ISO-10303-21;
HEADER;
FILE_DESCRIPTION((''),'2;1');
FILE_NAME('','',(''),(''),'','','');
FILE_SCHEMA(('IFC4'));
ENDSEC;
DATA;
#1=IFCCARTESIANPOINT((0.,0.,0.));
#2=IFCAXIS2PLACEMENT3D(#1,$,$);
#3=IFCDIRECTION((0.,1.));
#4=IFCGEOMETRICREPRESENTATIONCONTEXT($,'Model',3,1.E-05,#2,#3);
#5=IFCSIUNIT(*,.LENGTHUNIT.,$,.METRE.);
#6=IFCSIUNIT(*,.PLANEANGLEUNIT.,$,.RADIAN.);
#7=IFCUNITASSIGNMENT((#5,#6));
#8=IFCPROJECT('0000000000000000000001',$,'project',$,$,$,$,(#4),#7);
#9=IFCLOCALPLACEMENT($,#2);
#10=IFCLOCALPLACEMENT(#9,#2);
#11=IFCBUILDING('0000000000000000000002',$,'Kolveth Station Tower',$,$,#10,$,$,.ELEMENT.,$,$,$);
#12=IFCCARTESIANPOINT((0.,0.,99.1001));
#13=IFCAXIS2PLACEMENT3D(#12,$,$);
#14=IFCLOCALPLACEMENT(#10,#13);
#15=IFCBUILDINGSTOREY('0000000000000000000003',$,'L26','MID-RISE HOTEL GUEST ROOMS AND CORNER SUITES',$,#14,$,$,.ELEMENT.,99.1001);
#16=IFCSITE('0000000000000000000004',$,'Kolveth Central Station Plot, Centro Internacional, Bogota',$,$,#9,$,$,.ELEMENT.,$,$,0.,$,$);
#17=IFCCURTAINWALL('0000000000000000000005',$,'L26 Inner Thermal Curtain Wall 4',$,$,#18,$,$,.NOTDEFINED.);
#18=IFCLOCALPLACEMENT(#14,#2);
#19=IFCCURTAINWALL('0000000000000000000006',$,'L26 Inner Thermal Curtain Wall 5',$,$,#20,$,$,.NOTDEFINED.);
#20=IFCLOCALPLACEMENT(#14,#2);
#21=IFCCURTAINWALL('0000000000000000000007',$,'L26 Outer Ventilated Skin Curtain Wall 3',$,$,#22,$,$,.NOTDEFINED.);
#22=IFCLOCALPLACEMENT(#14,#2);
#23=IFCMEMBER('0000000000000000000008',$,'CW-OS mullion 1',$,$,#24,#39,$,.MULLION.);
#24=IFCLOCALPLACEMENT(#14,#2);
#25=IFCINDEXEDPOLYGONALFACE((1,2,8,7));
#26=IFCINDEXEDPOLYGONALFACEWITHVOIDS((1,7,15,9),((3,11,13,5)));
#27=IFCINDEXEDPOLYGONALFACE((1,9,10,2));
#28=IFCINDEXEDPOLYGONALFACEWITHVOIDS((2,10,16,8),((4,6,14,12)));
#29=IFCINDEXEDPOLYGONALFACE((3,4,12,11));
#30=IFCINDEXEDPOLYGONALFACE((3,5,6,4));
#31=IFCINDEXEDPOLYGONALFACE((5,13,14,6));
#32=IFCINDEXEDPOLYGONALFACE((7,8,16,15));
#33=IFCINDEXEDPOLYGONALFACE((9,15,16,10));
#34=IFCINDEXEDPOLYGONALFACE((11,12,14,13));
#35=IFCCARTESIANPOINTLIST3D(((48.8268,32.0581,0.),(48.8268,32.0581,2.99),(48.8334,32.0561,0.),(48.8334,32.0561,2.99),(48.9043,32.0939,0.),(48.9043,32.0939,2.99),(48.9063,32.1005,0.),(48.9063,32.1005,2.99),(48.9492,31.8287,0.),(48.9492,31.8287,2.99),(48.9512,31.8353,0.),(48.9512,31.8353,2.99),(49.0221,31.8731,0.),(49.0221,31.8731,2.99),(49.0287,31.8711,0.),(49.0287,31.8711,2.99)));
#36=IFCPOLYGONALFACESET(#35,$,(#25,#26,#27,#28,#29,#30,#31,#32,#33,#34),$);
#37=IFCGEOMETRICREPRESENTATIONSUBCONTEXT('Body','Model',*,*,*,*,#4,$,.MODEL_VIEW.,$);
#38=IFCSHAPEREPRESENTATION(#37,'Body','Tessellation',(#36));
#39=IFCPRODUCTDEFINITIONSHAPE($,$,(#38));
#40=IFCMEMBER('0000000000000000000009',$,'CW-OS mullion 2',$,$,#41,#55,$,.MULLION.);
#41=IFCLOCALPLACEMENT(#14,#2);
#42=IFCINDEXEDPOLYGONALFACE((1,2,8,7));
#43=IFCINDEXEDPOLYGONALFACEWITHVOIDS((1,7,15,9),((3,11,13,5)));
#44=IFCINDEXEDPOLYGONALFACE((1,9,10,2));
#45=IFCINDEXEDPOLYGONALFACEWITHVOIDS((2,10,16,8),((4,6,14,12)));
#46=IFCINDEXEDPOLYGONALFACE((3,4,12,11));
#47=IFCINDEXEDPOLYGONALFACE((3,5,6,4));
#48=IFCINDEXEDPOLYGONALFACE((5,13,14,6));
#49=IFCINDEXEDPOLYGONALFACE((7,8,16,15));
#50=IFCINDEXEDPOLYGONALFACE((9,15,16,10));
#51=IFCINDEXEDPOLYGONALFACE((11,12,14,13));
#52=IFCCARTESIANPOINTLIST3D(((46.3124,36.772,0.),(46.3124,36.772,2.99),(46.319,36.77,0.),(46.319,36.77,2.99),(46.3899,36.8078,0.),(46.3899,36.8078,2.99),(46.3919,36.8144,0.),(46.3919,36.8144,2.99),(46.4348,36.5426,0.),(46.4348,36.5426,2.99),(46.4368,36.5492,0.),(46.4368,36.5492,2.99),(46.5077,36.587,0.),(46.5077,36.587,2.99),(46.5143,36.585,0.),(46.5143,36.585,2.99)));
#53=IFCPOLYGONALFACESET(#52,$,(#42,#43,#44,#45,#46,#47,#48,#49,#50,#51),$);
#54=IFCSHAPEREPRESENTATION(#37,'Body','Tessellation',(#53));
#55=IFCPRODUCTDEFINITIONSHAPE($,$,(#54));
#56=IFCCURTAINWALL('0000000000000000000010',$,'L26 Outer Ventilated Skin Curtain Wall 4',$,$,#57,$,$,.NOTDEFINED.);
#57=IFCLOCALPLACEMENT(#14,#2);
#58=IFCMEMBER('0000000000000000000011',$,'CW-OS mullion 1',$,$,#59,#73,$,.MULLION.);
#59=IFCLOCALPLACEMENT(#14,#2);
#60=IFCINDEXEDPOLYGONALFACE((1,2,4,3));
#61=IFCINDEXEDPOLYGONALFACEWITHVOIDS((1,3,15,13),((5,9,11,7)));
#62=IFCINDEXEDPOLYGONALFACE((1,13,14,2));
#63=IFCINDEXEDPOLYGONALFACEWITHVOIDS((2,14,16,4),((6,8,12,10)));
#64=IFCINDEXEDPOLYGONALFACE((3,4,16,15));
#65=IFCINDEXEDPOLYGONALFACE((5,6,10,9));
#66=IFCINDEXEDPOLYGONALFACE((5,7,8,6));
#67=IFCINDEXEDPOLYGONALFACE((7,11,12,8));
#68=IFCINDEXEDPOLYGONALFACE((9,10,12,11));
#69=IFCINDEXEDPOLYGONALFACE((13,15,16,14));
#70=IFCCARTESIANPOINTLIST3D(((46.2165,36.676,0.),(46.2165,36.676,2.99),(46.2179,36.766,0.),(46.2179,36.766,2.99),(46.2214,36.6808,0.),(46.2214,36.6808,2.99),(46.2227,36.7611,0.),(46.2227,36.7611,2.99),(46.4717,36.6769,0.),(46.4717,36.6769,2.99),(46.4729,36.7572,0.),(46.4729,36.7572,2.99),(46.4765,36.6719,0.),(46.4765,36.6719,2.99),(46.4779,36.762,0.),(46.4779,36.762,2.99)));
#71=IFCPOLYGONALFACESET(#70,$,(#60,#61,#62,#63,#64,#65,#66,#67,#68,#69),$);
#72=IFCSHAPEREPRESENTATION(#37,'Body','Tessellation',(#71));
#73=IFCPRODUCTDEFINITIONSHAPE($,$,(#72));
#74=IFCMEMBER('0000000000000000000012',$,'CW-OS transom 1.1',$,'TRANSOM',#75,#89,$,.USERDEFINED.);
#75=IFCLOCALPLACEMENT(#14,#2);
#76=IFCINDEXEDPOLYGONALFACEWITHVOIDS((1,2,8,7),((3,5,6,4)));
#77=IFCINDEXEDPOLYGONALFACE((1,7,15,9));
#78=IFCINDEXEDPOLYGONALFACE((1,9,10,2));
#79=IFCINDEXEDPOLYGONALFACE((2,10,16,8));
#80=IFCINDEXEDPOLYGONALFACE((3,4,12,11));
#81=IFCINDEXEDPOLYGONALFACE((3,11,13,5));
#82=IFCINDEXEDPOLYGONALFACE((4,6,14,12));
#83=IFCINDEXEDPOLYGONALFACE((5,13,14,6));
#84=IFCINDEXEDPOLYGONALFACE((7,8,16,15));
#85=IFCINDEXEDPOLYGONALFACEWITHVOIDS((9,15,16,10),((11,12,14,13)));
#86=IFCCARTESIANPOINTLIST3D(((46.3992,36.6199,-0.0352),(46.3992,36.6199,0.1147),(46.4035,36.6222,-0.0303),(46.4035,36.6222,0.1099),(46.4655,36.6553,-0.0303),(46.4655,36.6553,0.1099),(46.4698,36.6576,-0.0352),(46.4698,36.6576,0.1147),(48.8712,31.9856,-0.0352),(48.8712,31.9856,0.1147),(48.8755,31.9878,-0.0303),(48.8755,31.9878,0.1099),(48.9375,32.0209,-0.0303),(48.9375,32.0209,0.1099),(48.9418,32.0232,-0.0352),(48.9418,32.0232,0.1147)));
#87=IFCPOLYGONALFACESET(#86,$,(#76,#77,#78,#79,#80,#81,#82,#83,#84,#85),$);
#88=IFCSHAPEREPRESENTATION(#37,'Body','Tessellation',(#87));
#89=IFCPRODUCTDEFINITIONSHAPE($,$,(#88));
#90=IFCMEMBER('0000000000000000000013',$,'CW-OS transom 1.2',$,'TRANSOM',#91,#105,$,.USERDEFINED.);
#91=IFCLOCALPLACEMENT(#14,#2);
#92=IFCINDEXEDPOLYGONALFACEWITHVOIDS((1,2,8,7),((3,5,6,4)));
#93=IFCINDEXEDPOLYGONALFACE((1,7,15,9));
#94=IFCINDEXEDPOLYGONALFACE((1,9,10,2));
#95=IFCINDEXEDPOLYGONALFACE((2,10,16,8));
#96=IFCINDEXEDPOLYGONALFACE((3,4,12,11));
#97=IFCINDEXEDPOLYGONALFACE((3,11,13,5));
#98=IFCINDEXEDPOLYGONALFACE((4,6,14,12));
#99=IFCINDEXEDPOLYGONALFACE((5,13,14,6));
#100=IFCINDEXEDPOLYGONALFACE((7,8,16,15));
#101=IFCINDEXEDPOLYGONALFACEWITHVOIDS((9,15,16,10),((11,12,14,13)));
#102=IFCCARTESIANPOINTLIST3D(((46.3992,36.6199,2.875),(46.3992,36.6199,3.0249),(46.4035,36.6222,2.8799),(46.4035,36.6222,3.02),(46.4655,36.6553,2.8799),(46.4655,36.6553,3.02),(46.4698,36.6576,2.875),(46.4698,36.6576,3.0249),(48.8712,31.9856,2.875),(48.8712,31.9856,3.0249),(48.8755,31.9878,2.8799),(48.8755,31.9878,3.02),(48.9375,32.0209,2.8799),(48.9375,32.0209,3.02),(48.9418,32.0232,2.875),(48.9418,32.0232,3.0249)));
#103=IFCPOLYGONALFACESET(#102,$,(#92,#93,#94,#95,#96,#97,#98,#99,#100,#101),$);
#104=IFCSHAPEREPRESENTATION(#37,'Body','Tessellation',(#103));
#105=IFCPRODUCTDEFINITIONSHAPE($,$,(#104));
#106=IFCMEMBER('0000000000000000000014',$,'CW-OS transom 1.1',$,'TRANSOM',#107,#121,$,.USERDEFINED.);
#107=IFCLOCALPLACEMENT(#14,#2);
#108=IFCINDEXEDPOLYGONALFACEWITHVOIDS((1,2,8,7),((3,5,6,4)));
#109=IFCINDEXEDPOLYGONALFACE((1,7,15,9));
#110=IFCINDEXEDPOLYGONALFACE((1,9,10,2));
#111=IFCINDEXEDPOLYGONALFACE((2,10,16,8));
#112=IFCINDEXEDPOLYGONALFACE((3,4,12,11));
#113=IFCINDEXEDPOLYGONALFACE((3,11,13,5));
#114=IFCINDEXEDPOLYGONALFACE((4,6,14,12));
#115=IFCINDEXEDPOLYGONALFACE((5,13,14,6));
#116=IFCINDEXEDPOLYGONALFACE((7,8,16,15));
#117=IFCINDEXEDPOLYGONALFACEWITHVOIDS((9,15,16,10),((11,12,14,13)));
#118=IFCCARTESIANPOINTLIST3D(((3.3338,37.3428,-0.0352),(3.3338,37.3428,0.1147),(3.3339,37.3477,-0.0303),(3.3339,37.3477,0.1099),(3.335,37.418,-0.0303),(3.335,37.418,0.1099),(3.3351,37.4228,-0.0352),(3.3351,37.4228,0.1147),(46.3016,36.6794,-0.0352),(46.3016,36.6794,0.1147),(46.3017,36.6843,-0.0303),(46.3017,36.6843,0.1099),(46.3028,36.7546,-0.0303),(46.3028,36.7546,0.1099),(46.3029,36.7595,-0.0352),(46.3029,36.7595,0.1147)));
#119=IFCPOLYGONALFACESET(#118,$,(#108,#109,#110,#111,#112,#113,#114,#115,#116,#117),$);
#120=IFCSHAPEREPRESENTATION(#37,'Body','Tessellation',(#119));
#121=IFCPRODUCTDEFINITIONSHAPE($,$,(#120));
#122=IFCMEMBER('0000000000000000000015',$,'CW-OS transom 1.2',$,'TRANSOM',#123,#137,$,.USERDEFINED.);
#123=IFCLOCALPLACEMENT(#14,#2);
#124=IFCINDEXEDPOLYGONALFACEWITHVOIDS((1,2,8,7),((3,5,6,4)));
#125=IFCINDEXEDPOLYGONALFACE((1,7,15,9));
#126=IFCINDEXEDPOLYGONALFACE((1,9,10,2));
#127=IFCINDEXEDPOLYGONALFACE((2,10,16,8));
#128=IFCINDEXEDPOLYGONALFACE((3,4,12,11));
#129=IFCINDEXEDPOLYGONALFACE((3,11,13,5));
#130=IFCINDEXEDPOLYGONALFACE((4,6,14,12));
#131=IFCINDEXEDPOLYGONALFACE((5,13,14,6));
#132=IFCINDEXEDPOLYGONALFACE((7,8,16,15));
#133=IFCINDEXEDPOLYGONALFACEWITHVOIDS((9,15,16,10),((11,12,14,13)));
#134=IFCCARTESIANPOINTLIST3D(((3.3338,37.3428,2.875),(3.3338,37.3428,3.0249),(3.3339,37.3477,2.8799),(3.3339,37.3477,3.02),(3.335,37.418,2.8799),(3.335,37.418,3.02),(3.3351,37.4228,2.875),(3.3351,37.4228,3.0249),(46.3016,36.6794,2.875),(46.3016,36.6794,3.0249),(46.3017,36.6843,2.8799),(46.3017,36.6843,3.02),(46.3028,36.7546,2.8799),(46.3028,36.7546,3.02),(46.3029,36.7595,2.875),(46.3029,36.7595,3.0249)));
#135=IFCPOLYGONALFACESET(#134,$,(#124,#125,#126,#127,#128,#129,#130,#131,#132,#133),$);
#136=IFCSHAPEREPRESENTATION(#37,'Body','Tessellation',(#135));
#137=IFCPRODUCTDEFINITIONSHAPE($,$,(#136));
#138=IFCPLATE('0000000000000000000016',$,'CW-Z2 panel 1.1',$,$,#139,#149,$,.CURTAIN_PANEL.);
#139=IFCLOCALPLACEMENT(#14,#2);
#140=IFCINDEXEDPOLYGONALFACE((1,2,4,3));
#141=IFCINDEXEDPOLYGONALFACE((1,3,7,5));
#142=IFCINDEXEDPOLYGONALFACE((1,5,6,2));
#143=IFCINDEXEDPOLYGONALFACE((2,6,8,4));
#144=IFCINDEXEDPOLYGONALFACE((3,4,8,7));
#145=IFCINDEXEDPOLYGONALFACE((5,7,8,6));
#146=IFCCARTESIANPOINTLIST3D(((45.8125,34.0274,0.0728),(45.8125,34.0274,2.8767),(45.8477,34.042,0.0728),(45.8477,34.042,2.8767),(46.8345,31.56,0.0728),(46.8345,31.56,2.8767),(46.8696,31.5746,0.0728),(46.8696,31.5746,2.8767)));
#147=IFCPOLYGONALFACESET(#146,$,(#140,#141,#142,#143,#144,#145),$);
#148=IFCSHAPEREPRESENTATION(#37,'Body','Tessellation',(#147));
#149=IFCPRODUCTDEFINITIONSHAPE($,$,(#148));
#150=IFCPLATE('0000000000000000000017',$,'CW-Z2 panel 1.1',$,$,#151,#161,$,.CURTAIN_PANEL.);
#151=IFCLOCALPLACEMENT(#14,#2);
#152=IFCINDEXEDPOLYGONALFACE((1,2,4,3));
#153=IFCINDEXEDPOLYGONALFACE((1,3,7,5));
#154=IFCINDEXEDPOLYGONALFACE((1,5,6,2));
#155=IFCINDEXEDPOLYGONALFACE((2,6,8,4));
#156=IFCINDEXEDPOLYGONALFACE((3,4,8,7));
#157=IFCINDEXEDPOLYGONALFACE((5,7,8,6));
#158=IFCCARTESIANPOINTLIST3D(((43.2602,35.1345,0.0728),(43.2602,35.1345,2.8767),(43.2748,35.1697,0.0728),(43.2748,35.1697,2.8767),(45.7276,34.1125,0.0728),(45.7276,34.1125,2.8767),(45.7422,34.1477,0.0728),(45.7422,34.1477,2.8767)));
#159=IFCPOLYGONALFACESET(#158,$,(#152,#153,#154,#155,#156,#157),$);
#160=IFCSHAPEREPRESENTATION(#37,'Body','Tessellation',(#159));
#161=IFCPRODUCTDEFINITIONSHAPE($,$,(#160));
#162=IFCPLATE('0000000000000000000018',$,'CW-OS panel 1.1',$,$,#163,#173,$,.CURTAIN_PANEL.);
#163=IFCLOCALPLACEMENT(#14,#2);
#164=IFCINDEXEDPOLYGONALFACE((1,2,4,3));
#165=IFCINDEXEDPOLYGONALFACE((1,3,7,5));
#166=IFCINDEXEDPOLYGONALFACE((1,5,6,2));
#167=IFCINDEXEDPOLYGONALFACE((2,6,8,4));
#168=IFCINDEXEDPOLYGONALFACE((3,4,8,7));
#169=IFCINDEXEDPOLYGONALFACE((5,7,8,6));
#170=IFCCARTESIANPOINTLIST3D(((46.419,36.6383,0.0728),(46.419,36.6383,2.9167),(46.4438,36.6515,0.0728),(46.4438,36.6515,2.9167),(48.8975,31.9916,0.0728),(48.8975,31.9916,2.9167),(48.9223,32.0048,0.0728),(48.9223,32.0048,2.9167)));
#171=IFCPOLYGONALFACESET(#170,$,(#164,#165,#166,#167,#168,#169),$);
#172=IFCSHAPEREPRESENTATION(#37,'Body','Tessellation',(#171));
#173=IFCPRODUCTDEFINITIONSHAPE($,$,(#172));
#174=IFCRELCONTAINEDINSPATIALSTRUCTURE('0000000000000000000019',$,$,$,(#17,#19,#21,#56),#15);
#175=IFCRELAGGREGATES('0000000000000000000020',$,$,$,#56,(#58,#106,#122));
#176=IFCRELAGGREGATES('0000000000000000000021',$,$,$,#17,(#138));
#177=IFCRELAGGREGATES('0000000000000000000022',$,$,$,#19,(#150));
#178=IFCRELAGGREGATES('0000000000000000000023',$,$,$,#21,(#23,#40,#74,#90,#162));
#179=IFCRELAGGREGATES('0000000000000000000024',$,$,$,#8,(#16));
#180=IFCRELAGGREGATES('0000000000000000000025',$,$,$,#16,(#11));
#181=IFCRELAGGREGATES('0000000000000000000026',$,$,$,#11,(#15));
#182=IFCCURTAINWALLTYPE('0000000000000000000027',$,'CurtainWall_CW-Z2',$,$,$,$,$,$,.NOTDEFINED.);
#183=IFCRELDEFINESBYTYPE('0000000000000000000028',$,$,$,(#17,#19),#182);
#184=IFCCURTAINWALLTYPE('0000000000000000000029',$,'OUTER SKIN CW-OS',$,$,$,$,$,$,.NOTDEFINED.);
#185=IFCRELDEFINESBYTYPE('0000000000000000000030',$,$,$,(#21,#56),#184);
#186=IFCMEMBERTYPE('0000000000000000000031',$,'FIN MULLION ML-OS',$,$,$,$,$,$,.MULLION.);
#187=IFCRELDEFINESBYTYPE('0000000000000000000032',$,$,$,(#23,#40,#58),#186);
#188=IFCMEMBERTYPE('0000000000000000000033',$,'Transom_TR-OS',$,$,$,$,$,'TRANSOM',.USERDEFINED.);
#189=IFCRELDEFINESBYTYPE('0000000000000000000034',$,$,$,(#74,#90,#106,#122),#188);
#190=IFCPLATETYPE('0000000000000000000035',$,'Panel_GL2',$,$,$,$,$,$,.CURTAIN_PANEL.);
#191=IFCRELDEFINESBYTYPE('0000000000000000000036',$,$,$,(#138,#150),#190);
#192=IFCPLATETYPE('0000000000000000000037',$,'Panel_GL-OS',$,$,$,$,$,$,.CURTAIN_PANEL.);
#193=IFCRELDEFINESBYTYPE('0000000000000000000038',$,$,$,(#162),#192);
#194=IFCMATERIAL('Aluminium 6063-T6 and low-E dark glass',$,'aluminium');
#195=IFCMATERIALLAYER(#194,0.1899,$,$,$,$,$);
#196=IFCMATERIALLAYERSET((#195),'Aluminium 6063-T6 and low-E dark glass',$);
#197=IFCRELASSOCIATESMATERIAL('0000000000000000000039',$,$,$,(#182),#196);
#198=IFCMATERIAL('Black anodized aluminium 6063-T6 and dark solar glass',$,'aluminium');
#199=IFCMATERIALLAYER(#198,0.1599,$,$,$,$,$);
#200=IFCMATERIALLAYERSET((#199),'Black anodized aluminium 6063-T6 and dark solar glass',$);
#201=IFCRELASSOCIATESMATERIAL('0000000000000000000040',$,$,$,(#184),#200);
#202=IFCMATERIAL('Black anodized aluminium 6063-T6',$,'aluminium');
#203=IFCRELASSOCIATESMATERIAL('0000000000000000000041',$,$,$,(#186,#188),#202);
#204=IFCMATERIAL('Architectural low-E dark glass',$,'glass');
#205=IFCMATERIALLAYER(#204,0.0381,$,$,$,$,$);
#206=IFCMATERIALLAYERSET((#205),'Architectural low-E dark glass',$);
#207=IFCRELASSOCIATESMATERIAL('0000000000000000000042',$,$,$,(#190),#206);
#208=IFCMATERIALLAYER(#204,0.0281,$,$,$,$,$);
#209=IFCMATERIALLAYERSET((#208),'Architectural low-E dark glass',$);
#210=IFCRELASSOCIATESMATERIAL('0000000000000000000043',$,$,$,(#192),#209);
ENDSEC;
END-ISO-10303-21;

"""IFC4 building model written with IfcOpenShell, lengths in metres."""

from ifc_helpers import new_model, si_unit, direction, frame, origin, origin_2d, place, context, subcontext, project, spatial, rectangle, hollow_rectangle, extrude, source, transform, mapped, material, layer, layer_set, material_profile, profile_set, type_object, element, aggregate, save


model = new_model("IFC4")

# Units and contexts
model_context = context("Model", 3, precision=1e-05, world=origin(), true_north=direction((0.0, 1.0)))
body_context = subcontext(model_context, "Body", "Model", "MODEL_VIEW")
ifc_project = project(units=[si_unit("LENGTHUNIT", "METRE"), si_unit("PLANEANGLEUNIT", "RADIAN")], contexts=[model_context])

# Site, building, storey
site_placement = place(None, origin())
site = spatial("IfcSite", under=ifc_project, at=site_placement, Name="Kolveth Central Station Plot, Centro Internacional, Bogota", CompositionType="ELEMENT", RefElevation=0.0)
building_placement = place(site_placement, origin())
building = spatial("IfcBuilding", under=site, at=building_placement, Name="Kolveth Station Tower", CompositionType="ELEMENT")
storey_placement = place(building_placement, frame((0.0, 0.0, 99.1001)))
storey = spatial("IfcBuildingStorey", under=building, at=storey_placement, Name="L26", Description="MID-RISE HOTEL GUEST ROOMS AND CORNER SUITES", CompositionType="ELEMENT", Elevation=99.1001)

# Curtain wall
ifc_material_1 = material(Name="Aluminium 6063-T6 and low-E dark glass", Category="aluminium")
ifc_layer_1 = layer(ifc_material_1, 0.1899)
ifc_layer_set_1 = layer_set([ifc_layer_1], Name="Aluminium 6063-T6 and low-E dark glass")
curtain_wall_type_1 = type_object("IfcCurtainWallType", Name="CurtainWall_CW-Z2", PredefinedType="NOTDEFINED", material=ifc_layer_set_1)
curtain_wall_1_placement = place(storey_placement, origin())
curtain_wall_1 = element("IfcCurtainWall", 1, at=curtain_wall_1_placement, inside=storey, type_object=curtain_wall_type_1, Name="L26 Inner Thermal Curtain Wall 4", PredefinedType="NOTDEFINED")
ifc_material_2 = material(Name="Black anodized aluminium 6063-T6", Category="aluminium")

# Curtain wall
curtain_wall_2_placement = place(storey_placement, origin())
curtain_wall_2 = element("IfcCurtainWall", 2, at=curtain_wall_2_placement, inside=storey, type_object=curtain_wall_type_1, Name="L26 Inner Thermal Curtain Wall 5", PredefinedType="NOTDEFINED")

# Shared definitions
ifc_material_3 = material(Name="Black anodized aluminium 6063-T6 and dark solar glass", Category="aluminium")
ifc_layer_2 = layer(ifc_material_3, 0.1599)
ifc_layer_set_2 = layer_set([ifc_layer_2], Name="Black anodized aluminium 6063-T6 and dark solar glass")
curtain_wall_type_2 = type_object("IfcCurtainWallType", Name="OUTER SKIN CW-OS", PredefinedType="NOTDEFINED", material=ifc_layer_set_2)
ifc_material_profile_1 = material_profile(ifc_material_2, hollow_rectangle(XDim=0.0901, YDim=0.26, WallThickness=0.0049, at=origin_2d()), Name="ALU-90x260x5")
ifc_profile_set_1 = profile_set([ifc_material_profile_1], Name="Black anodized aluminium 6063-T6")
member_type_1 = type_object("IfcMemberType", Name="FIN MULLION ML-OS", PredefinedType="MULLION", material=ifc_profile_set_1)
shared_shape_1 = source(origin(), body_context, "Body", "SweptSolid", [
    extrude(hollow_rectangle(XDim=0.0901, YDim=0.26, WallThickness=0.0049, at=origin_2d()), origin(), (0.0, 0.0, 1.0), 2.99),
])

# Curtain wall, members
curtain_wall_3_placement = place(storey_placement, origin())
curtain_wall_3 = element("IfcCurtainWall", 3, at=curtain_wall_3_placement, inside=storey, type_object=curtain_wall_type_2, Name="L26 Outer Ventilated Skin Curtain Wall 3", PredefinedType="NOTDEFINED")
member_1_placement = place(storey_placement, frame((48.9277, 31.9646, 0.0), z_axis=(0.0, 0.0, 1.0), x_axis=(-0.882328, -0.470635, 0.0)))
member_1 = element("IfcMember", 4, at=member_1_placement, type_object=member_type_1, Name="CW-OS mullion 1", PredefinedType="MULLION", context=body_context, shape_type="MappedRepresentation", body=[
    mapped(shared_shape_1, transform((0.0, 0.0, 0.0), x_axis=(1.0, 0.0, 0.0), y_axis=(0.0, 1.0, 0.0), z_axis=(0.0, 0.0, 1.0), scale=1.0)),
])
member_2_placement = place(storey_placement, frame((46.4133, 36.6785, 0.0), z_axis=(0.0, 0.0, 1.0), x_axis=(-0.882328, -0.470635, 0.0)))
member_2 = element("IfcMember", 5, at=member_2_placement, type_object=member_type_1, Name="CW-OS mullion 2", PredefinedType="MULLION", context=body_context, shape_type="MappedRepresentation", body=[
    mapped(shared_shape_1, transform((0.0, 0.0, 0.0), x_axis=(1.0, 0.0, 0.0), y_axis=(0.0, 1.0, 0.0), z_axis=(0.0, 0.0, 1.0), scale=1.0)),
])

# Curtain wall, member
curtain_wall_4_placement = place(storey_placement, origin())
curtain_wall_4 = element("IfcCurtainWall", 6, at=curtain_wall_4_placement, inside=storey, type_object=curtain_wall_type_2, Name="L26 Outer Ventilated Skin Curtain Wall 4", PredefinedType="NOTDEFINED")
member_3_placement = place(storey_placement, frame((46.3472, 36.719, 0.0), z_axis=(0.0, 0.0, 1.0), x_axis=(-0.015436, -0.999881, 0.0)))
member_3 = element("IfcMember", 7, at=member_3_placement, type_object=member_type_1, Name="CW-OS mullion 1", PredefinedType="MULLION", context=body_context, shape_type="MappedRepresentation", body=[
    mapped(shared_shape_1, transform((0.0, 0.0, 0.0), x_axis=(1.0, 0.0, 0.0), y_axis=(0.0, 1.0, 0.0), z_axis=(0.0, 0.0, 1.0), scale=1.0)),
])

# Members
ifc_material_profile_2 = material_profile(ifc_material_2, hollow_rectangle(XDim=0.0801, YDim=0.1499, WallThickness=0.0049, at=origin_2d()), Name="ALU-80x150x5")
ifc_profile_set_2 = profile_set([ifc_material_profile_2], Name="Black anodized aluminium 6063-T6")
member_type_2 = type_object("IfcMemberType", Name="Transom_TR-OS", ElementType="TRANSOM", PredefinedType="USERDEFINED", material=ifc_profile_set_2)
shared_shape_2 = source(origin(), body_context, "Body", "SweptSolid", [
    extrude(hollow_rectangle(XDim=0.0801, YDim=0.1499, WallThickness=0.0049, at=origin_2d()), origin(), (0.0, 0.0, 1.0), 5.2524),
])
member_4_placement = place(storey_placement, frame((48.9065, 32.0044, 0.0398), z_axis=(-0.470634, 0.882328, 0.0), x_axis=(-0.882328, -0.470634, 0.0)))
member_4 = element("IfcMember", 8, at=member_4_placement, type_object=member_type_2, Name="CW-OS transom 1.1", ObjectType="TRANSOM", PredefinedType="USERDEFINED", context=body_context, shape_type="MappedRepresentation", body=[
    mapped(shared_shape_2, transform((0.0, 0.0, 0.0), x_axis=(1.0, 0.0, 0.0), y_axis=(0.0, 1.0, 0.0), z_axis=(0.0, 0.0, 1.0), scale=1.0)),
])
member_5_placement = place(storey_placement, frame((48.9065, 32.0044, 2.95), z_axis=(-0.470634, 0.882328, 0.0), x_axis=(-0.882328, -0.470634, 0.0)))
member_5 = element("IfcMember", 9, at=member_5_placement, type_object=member_type_2, Name="CW-OS transom 1.2", ObjectType="TRANSOM", PredefinedType="USERDEFINED", context=body_context, shape_type="MappedRepresentation", body=[
    mapped(shared_shape_2, transform((0.0, 0.0, 0.0), x_axis=(1.0, 0.0, 0.0), y_axis=(0.0, 1.0, 0.0), z_axis=(0.0, 0.0, 1.0), scale=1.0)),
])
shared_shape_3 = source(origin(), body_context, "Body", "SweptSolid", [
    extrude(hollow_rectangle(XDim=0.0801, YDim=0.1499, WallThickness=0.0049, at=origin_2d()), origin(), (0.0, 0.0, 1.0), 42.9729),
])
member_6_placement = place(storey_placement, frame((46.3022, 36.7195, 0.0398), z_axis=(-0.999881, 0.015436, 0.0), x_axis=(-0.015436, -0.999881, 0.0)))
member_6 = element("IfcMember", 10, at=member_6_placement, type_object=member_type_2, Name="CW-OS transom 1.1", ObjectType="TRANSOM", PredefinedType="USERDEFINED", context=body_context, shape_type="MappedRepresentation", body=[
    mapped(shared_shape_3, transform((0.0, 0.0, 0.0), x_axis=(1.0, 0.0, 0.0), y_axis=(0.0, 1.0, 0.0), z_axis=(0.0, 0.0, 1.0), scale=1.0)),
])
member_7_placement = place(storey_placement, frame((46.3022, 36.7195, 2.95), z_axis=(-0.999881, 0.015436, 0.0), x_axis=(-0.015436, -0.999881, 0.0)))
member_7 = element("IfcMember", 11, at=member_7_placement, type_object=member_type_2, Name="CW-OS transom 1.2", ObjectType="TRANSOM", PredefinedType="USERDEFINED", context=body_context, shape_type="MappedRepresentation", body=[
    mapped(shared_shape_3, transform((0.0, 0.0, 0.0), x_axis=(1.0, 0.0, 0.0), y_axis=(0.0, 1.0, 0.0), z_axis=(0.0, 0.0, 1.0), scale=1.0)),
])
aggregate(curtain_wall_4, [member_3, member_6, member_7])

# Plates
ifc_material_4 = material(Name="Architectural low-E dark glass", Category="glass")
ifc_layer_3 = layer(ifc_material_4, 0.0381)
ifc_layer_set_3 = layer_set([ifc_layer_3], Name="Architectural low-E dark glass")
plate_type_1 = type_object("IfcPlateType", Name="Panel_GL2", PredefinedType="CURTAIN_PANEL", material=ifc_layer_set_3)
shared_shape_4 = source(origin(), body_context, "Body", "SweptSolid", [
    extrude(rectangle(XDim=2.6707, YDim=0.0381, at=origin_2d()), origin(), (0.0, 0.0, 1.0), 2.804),
])
plate_1_placement = place(storey_placement, frame((46.3411, 32.801, 0.0728), z_axis=(0.0, 0.0, 1.0), x_axis=(-0.382663, 0.923888, 0.0)))
plate_1 = element("IfcPlate", 12, at=plate_1_placement, type_object=plate_type_1, Name="CW-Z2 panel 1.1", PredefinedType="CURTAIN_PANEL", context=body_context, shape_type="MappedRepresentation", body=[
    mapped(shared_shape_4, transform((0.0, 0.0, 0.0), x_axis=(1.0, 0.0, 0.0), y_axis=(0.0, 1.0, 0.0), z_axis=(0.0, 0.0, 1.0), scale=1.0)),
])
aggregate(curtain_wall_1, [plate_1])
plate_2_placement = place(storey_placement, frame((44.5012, 34.6411, 0.0728), z_axis=(0.0, 0.0, 1.0), x_axis=(-0.923888, 0.382663, 0.0)))
plate_2 = element("IfcPlate", 13, at=plate_2_placement, type_object=plate_type_1, Name="CW-Z2 panel 1.1", PredefinedType="CURTAIN_PANEL", context=body_context, shape_type="MappedRepresentation", body=[
    mapped(shared_shape_4, transform((0.0, 0.0, 0.0), x_axis=(1.0, 0.0, 0.0), y_axis=(0.0, 1.0, 0.0), z_axis=(0.0, 0.0, 1.0), scale=1.0)),
])
aggregate(curtain_wall_2, [plate_2])
ifc_layer_4 = layer(ifc_material_4, 0.0281)
ifc_layer_set_4 = layer_set([ifc_layer_4], Name="Architectural low-E dark glass")
plate_type_2 = type_object("IfcPlateType", Name="Panel_GL-OS", PredefinedType="CURTAIN_PANEL", material=ifc_layer_set_4)
shared_shape_5 = source(origin(), body_context, "Body", "SweptSolid", [
    extrude(rectangle(XDim=5.2664, YDim=0.0281, at=origin_2d()), origin(), (0.0, 0.0, 1.0), 2.844),
])
plate_3_placement = place(storey_placement, frame((47.6707, 34.3215, 0.0728), z_axis=(0.0, 0.0, 1.0), x_axis=(-0.470635, 0.882328, 0.0)))
plate_3 = element("IfcPlate", 14, at=plate_3_placement, type_object=plate_type_2, Name="CW-OS panel 1.1", PredefinedType="CURTAIN_PANEL", context=body_context, shape_type="MappedRepresentation", body=[
    mapped(shared_shape_5, transform((0.0, 0.0, 0.0), x_axis=(1.0, 0.0, 0.0), y_axis=(0.0, 1.0, 0.0), z_axis=(0.0, 0.0, 1.0), scale=1.0)),
])
aggregate(curtain_wall_3, [member_1, member_2, member_4, member_5, plate_3])

save(model, "model.ifc")
